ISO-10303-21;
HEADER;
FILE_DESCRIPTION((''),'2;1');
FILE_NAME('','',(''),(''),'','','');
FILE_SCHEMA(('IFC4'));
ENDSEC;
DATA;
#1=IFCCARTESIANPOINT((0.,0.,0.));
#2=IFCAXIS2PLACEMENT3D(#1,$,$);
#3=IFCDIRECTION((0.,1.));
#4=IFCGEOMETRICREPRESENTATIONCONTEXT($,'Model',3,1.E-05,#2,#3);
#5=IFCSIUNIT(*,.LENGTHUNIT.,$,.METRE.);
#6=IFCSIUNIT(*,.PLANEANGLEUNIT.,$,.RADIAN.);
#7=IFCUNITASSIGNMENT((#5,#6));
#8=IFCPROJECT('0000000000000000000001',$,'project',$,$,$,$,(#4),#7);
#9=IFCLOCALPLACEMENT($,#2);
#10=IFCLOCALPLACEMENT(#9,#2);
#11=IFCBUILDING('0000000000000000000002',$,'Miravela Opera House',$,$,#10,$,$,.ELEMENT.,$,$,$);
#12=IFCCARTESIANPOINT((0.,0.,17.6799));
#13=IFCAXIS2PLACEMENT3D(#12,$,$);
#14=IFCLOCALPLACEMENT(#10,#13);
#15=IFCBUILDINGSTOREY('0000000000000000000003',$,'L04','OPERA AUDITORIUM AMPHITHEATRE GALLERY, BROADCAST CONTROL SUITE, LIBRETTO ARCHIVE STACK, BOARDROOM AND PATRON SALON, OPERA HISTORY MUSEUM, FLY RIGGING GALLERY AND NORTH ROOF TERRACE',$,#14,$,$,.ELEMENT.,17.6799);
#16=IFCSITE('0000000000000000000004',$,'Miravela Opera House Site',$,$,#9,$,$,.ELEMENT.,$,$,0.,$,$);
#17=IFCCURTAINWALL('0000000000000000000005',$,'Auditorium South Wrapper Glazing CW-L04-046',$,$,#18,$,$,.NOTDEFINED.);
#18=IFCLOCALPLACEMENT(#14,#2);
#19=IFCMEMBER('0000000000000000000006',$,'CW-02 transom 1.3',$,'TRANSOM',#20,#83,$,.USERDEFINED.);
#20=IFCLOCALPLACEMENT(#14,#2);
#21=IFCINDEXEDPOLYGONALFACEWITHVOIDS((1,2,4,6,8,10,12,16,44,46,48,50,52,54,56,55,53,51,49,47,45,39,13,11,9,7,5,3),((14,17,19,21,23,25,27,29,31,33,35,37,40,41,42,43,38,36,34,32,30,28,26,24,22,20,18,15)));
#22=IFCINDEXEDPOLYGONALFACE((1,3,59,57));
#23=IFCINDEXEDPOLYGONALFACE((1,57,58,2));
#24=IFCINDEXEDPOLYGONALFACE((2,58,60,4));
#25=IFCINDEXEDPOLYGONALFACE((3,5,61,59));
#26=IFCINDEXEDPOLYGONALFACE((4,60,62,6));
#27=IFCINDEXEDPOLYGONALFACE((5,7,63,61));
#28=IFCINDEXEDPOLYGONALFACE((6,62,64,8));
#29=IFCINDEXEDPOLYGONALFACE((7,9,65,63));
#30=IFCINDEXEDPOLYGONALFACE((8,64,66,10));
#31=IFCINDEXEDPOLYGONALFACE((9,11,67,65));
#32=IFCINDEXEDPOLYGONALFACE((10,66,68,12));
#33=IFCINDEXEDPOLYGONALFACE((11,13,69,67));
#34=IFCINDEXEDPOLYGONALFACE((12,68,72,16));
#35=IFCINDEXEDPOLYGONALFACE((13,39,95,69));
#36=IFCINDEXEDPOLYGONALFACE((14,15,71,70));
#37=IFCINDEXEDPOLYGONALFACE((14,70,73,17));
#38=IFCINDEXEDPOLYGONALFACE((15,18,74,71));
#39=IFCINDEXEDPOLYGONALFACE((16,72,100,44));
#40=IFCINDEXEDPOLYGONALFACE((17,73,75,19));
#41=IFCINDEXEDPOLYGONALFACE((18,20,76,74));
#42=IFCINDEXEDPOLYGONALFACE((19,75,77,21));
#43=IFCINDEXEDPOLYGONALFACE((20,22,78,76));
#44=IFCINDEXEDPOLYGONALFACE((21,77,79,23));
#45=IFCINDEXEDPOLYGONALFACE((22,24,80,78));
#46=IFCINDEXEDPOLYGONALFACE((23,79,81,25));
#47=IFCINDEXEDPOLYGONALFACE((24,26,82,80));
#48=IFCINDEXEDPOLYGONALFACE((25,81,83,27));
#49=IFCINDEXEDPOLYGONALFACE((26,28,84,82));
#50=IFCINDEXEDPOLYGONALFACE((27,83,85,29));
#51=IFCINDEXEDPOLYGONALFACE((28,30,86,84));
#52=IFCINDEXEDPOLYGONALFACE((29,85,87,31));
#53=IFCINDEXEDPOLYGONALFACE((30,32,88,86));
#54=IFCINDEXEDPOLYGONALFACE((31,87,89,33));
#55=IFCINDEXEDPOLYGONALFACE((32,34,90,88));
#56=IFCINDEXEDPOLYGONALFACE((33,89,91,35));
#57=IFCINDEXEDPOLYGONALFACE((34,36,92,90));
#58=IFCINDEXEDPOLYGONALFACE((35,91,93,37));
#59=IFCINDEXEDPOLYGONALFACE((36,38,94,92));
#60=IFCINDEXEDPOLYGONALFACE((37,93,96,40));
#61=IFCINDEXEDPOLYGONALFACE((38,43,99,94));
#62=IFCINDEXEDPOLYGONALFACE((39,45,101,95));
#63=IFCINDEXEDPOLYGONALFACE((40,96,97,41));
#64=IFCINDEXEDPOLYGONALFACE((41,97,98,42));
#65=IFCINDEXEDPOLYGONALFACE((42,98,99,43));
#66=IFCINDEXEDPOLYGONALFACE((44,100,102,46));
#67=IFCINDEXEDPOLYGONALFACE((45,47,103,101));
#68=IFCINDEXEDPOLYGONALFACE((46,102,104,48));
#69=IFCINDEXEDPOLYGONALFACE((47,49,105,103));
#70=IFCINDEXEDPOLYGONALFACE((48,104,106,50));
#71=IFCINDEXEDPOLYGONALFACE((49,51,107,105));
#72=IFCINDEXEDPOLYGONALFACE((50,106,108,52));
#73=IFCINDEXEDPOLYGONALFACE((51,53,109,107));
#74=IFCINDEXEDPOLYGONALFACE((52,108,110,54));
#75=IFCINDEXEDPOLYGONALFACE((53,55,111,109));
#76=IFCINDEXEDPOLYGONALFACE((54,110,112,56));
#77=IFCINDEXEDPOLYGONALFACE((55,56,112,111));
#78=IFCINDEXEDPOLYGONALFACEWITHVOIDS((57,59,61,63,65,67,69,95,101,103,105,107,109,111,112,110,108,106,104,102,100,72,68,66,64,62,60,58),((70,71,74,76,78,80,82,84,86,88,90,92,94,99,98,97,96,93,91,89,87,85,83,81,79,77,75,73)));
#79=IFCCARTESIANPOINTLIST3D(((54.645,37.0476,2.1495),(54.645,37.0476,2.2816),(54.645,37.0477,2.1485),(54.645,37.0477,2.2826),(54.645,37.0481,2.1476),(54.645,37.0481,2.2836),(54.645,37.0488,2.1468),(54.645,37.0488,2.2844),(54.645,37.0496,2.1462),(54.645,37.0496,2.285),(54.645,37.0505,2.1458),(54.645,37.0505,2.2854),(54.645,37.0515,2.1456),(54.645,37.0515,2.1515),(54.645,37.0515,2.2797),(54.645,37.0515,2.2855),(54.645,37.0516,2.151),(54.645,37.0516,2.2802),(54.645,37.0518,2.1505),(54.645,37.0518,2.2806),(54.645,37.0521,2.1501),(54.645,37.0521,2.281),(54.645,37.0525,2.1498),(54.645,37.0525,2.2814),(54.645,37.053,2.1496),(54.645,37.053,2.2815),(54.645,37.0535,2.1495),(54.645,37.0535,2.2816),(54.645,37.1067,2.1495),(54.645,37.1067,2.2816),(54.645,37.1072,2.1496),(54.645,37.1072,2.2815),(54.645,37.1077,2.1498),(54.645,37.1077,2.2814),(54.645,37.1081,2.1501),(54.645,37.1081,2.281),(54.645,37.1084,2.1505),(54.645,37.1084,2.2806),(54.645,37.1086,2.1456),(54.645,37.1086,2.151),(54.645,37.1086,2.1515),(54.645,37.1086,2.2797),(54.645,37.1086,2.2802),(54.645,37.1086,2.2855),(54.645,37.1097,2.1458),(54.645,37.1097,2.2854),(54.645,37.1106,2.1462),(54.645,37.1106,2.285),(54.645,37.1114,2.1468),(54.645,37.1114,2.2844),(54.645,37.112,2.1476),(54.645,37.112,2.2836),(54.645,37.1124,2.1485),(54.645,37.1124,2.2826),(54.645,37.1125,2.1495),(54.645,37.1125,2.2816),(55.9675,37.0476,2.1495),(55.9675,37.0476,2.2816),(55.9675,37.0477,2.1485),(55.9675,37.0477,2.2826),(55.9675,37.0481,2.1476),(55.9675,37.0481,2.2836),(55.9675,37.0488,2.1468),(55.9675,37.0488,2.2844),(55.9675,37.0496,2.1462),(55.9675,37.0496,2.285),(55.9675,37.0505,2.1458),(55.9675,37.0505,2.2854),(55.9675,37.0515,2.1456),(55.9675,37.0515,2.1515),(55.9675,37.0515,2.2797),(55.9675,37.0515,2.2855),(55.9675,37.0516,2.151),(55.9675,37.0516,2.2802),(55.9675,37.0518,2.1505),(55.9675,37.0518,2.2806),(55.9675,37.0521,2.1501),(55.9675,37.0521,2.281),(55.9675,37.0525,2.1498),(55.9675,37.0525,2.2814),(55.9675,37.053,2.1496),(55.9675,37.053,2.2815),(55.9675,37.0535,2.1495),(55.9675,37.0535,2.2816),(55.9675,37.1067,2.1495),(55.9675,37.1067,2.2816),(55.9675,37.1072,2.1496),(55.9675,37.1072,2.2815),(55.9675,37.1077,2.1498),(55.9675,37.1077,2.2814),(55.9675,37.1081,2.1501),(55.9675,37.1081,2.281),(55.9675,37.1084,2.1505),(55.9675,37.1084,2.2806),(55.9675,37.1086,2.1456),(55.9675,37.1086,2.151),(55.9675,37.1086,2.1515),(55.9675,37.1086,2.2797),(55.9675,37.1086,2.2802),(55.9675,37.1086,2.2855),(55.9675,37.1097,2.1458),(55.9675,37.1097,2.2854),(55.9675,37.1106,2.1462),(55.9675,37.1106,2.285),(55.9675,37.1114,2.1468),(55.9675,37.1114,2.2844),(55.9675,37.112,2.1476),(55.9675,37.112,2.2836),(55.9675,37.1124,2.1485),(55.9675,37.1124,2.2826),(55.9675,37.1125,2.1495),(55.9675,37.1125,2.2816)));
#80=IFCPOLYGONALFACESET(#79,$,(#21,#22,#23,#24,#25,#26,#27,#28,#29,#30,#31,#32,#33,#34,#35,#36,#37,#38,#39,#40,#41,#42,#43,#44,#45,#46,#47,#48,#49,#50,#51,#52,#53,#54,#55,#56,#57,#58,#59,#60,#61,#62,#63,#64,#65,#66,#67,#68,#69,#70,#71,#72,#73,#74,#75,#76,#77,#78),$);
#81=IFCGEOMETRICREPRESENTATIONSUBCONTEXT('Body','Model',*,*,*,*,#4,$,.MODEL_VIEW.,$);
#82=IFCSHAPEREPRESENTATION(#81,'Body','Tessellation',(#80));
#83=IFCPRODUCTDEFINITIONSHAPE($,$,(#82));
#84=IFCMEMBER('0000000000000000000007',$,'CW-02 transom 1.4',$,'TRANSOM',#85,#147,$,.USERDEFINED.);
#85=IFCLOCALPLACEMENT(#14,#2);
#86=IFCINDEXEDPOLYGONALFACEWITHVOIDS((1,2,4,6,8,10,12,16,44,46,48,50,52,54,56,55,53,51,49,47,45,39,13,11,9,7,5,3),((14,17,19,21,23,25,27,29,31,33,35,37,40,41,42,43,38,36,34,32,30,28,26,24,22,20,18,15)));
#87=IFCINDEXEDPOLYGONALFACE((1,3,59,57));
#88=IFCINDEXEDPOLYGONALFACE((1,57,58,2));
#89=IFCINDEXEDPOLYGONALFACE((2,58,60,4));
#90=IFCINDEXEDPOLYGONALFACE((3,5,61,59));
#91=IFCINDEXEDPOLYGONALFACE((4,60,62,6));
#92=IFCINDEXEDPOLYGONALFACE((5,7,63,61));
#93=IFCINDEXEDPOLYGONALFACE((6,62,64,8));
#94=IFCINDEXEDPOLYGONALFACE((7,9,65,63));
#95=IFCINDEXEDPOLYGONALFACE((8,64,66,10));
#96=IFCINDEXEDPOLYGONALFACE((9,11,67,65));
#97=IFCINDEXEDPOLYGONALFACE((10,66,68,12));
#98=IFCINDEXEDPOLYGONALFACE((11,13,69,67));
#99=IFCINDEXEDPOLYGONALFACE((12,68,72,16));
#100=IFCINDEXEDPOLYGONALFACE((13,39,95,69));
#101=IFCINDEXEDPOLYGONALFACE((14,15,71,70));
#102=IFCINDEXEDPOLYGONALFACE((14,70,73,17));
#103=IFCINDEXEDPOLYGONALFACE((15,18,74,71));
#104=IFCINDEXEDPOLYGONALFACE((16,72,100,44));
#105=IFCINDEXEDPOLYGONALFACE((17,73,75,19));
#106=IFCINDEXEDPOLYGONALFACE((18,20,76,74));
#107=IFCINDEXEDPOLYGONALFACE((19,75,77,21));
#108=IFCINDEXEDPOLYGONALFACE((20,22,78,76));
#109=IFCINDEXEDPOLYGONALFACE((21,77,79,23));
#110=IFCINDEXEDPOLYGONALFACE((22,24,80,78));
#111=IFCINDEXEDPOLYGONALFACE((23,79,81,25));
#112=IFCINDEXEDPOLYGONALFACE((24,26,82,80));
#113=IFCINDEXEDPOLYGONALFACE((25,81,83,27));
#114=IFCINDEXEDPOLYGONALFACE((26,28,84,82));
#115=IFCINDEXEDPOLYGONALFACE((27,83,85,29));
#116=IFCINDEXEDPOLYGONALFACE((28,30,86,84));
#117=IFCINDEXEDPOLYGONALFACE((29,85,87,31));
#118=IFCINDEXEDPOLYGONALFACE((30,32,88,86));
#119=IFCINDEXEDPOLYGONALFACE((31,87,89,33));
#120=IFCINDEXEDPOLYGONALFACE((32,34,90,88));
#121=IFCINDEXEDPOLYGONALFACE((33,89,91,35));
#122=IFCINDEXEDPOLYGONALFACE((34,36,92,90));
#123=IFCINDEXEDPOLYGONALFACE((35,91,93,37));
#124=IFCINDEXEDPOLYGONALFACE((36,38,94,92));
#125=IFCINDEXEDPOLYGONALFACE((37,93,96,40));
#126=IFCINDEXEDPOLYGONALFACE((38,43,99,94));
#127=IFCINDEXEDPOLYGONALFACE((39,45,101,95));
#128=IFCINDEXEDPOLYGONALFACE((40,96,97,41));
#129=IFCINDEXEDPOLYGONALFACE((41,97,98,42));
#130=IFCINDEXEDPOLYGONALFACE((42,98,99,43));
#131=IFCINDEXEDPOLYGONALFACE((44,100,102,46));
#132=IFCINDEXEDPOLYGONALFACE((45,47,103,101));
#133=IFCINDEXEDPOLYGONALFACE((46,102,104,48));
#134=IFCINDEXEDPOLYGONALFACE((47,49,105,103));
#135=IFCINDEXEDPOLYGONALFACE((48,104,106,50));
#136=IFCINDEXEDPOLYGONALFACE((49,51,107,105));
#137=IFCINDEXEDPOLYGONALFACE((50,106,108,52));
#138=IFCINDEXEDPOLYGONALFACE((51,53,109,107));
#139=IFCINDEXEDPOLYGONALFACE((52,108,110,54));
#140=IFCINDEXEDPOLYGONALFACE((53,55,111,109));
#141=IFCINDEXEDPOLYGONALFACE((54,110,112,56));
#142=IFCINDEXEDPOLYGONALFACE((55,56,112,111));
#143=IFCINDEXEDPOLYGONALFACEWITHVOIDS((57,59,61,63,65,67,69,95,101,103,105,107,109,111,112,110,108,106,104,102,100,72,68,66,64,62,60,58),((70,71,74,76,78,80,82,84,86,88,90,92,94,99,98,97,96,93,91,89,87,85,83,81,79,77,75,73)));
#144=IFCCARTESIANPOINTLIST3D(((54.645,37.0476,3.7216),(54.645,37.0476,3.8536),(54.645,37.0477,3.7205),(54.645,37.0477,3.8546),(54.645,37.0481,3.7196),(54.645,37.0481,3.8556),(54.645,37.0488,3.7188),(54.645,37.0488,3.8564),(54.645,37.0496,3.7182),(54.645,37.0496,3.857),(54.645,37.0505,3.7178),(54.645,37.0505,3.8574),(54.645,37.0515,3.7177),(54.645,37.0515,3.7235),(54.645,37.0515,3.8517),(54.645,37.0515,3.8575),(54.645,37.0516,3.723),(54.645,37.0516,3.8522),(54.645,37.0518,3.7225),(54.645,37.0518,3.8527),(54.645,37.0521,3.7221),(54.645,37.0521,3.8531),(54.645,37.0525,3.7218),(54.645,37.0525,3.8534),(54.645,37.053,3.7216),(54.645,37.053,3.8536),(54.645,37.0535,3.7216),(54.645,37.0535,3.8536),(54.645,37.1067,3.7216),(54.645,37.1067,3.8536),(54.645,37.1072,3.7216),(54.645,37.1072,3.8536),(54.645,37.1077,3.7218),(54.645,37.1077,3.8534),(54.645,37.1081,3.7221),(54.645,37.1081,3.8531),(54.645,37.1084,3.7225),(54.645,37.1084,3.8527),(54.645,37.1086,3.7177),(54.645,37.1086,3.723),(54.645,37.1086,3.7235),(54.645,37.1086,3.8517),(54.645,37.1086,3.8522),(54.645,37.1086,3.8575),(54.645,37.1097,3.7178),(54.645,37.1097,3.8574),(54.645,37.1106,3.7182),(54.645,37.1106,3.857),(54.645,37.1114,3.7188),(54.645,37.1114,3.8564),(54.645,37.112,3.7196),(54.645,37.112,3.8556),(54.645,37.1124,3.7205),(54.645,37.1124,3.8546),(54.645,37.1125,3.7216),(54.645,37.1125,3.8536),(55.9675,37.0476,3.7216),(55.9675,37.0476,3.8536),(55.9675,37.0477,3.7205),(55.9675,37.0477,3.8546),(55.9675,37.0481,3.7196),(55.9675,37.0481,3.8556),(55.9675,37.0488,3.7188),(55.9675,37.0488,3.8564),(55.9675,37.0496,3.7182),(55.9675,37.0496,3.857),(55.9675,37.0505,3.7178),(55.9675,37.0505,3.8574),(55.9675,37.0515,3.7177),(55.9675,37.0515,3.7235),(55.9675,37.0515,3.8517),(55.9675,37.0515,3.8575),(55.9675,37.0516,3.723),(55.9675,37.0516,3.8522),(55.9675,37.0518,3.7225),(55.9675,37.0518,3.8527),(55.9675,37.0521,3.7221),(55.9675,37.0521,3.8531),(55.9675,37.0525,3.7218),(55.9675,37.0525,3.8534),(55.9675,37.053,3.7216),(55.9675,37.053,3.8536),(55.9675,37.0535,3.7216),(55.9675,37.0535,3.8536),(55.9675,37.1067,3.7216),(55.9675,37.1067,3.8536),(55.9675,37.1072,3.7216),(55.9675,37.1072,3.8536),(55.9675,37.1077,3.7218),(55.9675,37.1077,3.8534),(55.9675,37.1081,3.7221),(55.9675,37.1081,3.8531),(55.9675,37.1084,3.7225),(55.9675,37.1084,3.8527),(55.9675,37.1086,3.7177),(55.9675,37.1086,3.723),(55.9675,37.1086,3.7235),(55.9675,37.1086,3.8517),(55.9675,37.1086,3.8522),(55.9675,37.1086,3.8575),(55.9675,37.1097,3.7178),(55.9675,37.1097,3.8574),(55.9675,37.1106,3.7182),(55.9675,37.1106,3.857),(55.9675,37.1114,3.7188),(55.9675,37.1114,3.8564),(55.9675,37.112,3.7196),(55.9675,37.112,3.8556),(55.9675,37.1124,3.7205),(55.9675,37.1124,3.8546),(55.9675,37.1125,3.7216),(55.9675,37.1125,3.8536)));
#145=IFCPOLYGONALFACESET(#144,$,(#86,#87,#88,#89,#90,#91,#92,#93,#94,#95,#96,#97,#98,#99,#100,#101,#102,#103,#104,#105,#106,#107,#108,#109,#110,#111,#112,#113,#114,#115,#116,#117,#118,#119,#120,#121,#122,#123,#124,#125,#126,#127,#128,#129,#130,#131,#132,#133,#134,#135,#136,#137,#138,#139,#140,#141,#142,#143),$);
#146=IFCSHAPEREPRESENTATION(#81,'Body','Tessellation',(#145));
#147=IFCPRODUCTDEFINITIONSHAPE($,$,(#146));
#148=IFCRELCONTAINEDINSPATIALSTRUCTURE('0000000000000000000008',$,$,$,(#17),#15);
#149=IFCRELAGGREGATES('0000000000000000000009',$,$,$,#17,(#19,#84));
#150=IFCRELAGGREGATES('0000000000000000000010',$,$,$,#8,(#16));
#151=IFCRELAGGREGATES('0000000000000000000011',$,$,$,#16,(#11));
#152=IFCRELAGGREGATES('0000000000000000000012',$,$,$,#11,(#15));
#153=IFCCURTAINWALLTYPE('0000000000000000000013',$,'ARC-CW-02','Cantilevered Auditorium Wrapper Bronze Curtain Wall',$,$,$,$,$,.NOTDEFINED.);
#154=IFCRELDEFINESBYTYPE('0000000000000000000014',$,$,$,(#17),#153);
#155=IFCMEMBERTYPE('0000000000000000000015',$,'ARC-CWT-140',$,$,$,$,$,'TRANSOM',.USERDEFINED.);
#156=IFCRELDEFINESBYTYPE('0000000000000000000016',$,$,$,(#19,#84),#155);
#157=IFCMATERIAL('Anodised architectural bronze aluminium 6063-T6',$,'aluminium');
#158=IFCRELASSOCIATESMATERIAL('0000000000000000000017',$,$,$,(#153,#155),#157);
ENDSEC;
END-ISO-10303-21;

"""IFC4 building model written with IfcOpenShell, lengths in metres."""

from ifc_helpers import new_model, si_unit, direction, frame, origin, origin_2d, place, context, subcontext, project, spatial, hollow_rectangle, extrude, material, material_profile, profile_set, type_object, element, aggregate, save


model = new_model("IFC4")

# Units and contexts
model_context = context("Model", 3, precision=1e-05, world=origin(), true_north=direction((0.0, 1.0)))
body_context = subcontext(model_context, "Body", "Model", "MODEL_VIEW")
ifc_project = project(units=[si_unit("LENGTHUNIT", "METRE"), si_unit("PLANEANGLEUNIT", "RADIAN")], contexts=[model_context])

# Site, building, storey
site_placement = place(None, origin())
site = spatial("IfcSite", under=ifc_project, at=site_placement, Name="Miravela Opera House Site", CompositionType="ELEMENT", RefElevation=0.0)
building_placement = place(site_placement, origin())
building = spatial("IfcBuilding", under=site, at=building_placement, Name="Miravela Opera House", CompositionType="ELEMENT")
storey_placement = place(building_placement, frame((0.0, 0.0, 17.6799)))
storey = spatial("IfcBuildingStorey", under=building, at=storey_placement, Name="L04", Description="OPERA AUDITORIUM AMPHITHEATRE GALLERY, BROADCAST CONTROL SUITE, LIBRETTO ARCHIVE STACK, BOARDROOM AND PATRON SALON, OPERA HISTORY MUSEUM, FLY RIGGING GALLERY AND NORTH ROOF TERRACE", CompositionType="ELEMENT", Elevation=17.6799)

# Shared definitions
ifc_material_1 = material(Name="Anodised architectural bronze aluminium 6063-T6", Category="aluminium")
curtain_wall_type = type_object("IfcCurtainWallType", Name="ARC-CW-02", Description="Cantilevered Auditorium Wrapper Bronze Curtain Wall", PredefinedType="NOTDEFINED", material=ifc_material_1)

# Curtain wall, members
curtain_wall_1_placement = place(storey_placement, origin())
curtain_wall_1 = element("IfcCurtainWall", 1, at=curtain_wall_1_placement, inside=storey, type_object=curtain_wall_type, Name="Auditorium South Wrapper Glazing CW-L04-046", PredefinedType="NOTDEFINED")
ifc_material_profile_1 = material_profile(ifc_material_1, hollow_rectangle(XDim=0.0649, YDim=0.1399, WallThickness=0.0039, InnerFilletRadius=0.002, OuterFilletRadius=0.0039, at=origin_2d()), Name="CWT-65X140")
ifc_profile_set_1 = profile_set([ifc_material_profile_1])
member_type_1 = type_object("IfcMemberType", Name="ARC-CWT-140", ElementType="TRANSOM", PredefinedType="USERDEFINED", material=ifc_profile_set_1)
member_1_placement = place(storey_placement, frame((54.645, 37.0801, 2.2156), z_axis=(1.0, 0.0, 0.0), x_axis=(0.0, 1.0, 0.0)))
member_1 = element("IfcMember", 2, at=member_1_placement, type_object=member_type_1, Name="CW-02 transom 1.3", ObjectType="TRANSOM", PredefinedType="USERDEFINED", context=body_context, shape_type="SweptSolid", body=[
    extrude(hollow_rectangle(XDim=0.0649, YDim=0.1399, WallThickness=0.0039, InnerFilletRadius=0.002, OuterFilletRadius=0.0039, at=origin_2d()), origin(), (0.0, 0.0, 1.0), 1.3225),
])
member_2_placement = place(storey_placement, frame((54.645, 37.0801, 3.7876), z_axis=(1.0, 0.0, 0.0), x_axis=(0.0, 1.0, 0.0)))
member_2 = element("IfcMember", 3, at=member_2_placement, type_object=member_type_1, Name="CW-02 transom 1.4", ObjectType="TRANSOM", PredefinedType="USERDEFINED", context=body_context, shape_type="SweptSolid", body=[
    extrude(hollow_rectangle(XDim=0.0649, YDim=0.1399, WallThickness=0.0039, InnerFilletRadius=0.002, OuterFilletRadius=0.0039, at=origin_2d()), origin(), (0.0, 0.0, 1.0), 1.3225),
])

aggregate(curtain_wall_1, [member_1, member_2])

save(model, "model.ifc")
